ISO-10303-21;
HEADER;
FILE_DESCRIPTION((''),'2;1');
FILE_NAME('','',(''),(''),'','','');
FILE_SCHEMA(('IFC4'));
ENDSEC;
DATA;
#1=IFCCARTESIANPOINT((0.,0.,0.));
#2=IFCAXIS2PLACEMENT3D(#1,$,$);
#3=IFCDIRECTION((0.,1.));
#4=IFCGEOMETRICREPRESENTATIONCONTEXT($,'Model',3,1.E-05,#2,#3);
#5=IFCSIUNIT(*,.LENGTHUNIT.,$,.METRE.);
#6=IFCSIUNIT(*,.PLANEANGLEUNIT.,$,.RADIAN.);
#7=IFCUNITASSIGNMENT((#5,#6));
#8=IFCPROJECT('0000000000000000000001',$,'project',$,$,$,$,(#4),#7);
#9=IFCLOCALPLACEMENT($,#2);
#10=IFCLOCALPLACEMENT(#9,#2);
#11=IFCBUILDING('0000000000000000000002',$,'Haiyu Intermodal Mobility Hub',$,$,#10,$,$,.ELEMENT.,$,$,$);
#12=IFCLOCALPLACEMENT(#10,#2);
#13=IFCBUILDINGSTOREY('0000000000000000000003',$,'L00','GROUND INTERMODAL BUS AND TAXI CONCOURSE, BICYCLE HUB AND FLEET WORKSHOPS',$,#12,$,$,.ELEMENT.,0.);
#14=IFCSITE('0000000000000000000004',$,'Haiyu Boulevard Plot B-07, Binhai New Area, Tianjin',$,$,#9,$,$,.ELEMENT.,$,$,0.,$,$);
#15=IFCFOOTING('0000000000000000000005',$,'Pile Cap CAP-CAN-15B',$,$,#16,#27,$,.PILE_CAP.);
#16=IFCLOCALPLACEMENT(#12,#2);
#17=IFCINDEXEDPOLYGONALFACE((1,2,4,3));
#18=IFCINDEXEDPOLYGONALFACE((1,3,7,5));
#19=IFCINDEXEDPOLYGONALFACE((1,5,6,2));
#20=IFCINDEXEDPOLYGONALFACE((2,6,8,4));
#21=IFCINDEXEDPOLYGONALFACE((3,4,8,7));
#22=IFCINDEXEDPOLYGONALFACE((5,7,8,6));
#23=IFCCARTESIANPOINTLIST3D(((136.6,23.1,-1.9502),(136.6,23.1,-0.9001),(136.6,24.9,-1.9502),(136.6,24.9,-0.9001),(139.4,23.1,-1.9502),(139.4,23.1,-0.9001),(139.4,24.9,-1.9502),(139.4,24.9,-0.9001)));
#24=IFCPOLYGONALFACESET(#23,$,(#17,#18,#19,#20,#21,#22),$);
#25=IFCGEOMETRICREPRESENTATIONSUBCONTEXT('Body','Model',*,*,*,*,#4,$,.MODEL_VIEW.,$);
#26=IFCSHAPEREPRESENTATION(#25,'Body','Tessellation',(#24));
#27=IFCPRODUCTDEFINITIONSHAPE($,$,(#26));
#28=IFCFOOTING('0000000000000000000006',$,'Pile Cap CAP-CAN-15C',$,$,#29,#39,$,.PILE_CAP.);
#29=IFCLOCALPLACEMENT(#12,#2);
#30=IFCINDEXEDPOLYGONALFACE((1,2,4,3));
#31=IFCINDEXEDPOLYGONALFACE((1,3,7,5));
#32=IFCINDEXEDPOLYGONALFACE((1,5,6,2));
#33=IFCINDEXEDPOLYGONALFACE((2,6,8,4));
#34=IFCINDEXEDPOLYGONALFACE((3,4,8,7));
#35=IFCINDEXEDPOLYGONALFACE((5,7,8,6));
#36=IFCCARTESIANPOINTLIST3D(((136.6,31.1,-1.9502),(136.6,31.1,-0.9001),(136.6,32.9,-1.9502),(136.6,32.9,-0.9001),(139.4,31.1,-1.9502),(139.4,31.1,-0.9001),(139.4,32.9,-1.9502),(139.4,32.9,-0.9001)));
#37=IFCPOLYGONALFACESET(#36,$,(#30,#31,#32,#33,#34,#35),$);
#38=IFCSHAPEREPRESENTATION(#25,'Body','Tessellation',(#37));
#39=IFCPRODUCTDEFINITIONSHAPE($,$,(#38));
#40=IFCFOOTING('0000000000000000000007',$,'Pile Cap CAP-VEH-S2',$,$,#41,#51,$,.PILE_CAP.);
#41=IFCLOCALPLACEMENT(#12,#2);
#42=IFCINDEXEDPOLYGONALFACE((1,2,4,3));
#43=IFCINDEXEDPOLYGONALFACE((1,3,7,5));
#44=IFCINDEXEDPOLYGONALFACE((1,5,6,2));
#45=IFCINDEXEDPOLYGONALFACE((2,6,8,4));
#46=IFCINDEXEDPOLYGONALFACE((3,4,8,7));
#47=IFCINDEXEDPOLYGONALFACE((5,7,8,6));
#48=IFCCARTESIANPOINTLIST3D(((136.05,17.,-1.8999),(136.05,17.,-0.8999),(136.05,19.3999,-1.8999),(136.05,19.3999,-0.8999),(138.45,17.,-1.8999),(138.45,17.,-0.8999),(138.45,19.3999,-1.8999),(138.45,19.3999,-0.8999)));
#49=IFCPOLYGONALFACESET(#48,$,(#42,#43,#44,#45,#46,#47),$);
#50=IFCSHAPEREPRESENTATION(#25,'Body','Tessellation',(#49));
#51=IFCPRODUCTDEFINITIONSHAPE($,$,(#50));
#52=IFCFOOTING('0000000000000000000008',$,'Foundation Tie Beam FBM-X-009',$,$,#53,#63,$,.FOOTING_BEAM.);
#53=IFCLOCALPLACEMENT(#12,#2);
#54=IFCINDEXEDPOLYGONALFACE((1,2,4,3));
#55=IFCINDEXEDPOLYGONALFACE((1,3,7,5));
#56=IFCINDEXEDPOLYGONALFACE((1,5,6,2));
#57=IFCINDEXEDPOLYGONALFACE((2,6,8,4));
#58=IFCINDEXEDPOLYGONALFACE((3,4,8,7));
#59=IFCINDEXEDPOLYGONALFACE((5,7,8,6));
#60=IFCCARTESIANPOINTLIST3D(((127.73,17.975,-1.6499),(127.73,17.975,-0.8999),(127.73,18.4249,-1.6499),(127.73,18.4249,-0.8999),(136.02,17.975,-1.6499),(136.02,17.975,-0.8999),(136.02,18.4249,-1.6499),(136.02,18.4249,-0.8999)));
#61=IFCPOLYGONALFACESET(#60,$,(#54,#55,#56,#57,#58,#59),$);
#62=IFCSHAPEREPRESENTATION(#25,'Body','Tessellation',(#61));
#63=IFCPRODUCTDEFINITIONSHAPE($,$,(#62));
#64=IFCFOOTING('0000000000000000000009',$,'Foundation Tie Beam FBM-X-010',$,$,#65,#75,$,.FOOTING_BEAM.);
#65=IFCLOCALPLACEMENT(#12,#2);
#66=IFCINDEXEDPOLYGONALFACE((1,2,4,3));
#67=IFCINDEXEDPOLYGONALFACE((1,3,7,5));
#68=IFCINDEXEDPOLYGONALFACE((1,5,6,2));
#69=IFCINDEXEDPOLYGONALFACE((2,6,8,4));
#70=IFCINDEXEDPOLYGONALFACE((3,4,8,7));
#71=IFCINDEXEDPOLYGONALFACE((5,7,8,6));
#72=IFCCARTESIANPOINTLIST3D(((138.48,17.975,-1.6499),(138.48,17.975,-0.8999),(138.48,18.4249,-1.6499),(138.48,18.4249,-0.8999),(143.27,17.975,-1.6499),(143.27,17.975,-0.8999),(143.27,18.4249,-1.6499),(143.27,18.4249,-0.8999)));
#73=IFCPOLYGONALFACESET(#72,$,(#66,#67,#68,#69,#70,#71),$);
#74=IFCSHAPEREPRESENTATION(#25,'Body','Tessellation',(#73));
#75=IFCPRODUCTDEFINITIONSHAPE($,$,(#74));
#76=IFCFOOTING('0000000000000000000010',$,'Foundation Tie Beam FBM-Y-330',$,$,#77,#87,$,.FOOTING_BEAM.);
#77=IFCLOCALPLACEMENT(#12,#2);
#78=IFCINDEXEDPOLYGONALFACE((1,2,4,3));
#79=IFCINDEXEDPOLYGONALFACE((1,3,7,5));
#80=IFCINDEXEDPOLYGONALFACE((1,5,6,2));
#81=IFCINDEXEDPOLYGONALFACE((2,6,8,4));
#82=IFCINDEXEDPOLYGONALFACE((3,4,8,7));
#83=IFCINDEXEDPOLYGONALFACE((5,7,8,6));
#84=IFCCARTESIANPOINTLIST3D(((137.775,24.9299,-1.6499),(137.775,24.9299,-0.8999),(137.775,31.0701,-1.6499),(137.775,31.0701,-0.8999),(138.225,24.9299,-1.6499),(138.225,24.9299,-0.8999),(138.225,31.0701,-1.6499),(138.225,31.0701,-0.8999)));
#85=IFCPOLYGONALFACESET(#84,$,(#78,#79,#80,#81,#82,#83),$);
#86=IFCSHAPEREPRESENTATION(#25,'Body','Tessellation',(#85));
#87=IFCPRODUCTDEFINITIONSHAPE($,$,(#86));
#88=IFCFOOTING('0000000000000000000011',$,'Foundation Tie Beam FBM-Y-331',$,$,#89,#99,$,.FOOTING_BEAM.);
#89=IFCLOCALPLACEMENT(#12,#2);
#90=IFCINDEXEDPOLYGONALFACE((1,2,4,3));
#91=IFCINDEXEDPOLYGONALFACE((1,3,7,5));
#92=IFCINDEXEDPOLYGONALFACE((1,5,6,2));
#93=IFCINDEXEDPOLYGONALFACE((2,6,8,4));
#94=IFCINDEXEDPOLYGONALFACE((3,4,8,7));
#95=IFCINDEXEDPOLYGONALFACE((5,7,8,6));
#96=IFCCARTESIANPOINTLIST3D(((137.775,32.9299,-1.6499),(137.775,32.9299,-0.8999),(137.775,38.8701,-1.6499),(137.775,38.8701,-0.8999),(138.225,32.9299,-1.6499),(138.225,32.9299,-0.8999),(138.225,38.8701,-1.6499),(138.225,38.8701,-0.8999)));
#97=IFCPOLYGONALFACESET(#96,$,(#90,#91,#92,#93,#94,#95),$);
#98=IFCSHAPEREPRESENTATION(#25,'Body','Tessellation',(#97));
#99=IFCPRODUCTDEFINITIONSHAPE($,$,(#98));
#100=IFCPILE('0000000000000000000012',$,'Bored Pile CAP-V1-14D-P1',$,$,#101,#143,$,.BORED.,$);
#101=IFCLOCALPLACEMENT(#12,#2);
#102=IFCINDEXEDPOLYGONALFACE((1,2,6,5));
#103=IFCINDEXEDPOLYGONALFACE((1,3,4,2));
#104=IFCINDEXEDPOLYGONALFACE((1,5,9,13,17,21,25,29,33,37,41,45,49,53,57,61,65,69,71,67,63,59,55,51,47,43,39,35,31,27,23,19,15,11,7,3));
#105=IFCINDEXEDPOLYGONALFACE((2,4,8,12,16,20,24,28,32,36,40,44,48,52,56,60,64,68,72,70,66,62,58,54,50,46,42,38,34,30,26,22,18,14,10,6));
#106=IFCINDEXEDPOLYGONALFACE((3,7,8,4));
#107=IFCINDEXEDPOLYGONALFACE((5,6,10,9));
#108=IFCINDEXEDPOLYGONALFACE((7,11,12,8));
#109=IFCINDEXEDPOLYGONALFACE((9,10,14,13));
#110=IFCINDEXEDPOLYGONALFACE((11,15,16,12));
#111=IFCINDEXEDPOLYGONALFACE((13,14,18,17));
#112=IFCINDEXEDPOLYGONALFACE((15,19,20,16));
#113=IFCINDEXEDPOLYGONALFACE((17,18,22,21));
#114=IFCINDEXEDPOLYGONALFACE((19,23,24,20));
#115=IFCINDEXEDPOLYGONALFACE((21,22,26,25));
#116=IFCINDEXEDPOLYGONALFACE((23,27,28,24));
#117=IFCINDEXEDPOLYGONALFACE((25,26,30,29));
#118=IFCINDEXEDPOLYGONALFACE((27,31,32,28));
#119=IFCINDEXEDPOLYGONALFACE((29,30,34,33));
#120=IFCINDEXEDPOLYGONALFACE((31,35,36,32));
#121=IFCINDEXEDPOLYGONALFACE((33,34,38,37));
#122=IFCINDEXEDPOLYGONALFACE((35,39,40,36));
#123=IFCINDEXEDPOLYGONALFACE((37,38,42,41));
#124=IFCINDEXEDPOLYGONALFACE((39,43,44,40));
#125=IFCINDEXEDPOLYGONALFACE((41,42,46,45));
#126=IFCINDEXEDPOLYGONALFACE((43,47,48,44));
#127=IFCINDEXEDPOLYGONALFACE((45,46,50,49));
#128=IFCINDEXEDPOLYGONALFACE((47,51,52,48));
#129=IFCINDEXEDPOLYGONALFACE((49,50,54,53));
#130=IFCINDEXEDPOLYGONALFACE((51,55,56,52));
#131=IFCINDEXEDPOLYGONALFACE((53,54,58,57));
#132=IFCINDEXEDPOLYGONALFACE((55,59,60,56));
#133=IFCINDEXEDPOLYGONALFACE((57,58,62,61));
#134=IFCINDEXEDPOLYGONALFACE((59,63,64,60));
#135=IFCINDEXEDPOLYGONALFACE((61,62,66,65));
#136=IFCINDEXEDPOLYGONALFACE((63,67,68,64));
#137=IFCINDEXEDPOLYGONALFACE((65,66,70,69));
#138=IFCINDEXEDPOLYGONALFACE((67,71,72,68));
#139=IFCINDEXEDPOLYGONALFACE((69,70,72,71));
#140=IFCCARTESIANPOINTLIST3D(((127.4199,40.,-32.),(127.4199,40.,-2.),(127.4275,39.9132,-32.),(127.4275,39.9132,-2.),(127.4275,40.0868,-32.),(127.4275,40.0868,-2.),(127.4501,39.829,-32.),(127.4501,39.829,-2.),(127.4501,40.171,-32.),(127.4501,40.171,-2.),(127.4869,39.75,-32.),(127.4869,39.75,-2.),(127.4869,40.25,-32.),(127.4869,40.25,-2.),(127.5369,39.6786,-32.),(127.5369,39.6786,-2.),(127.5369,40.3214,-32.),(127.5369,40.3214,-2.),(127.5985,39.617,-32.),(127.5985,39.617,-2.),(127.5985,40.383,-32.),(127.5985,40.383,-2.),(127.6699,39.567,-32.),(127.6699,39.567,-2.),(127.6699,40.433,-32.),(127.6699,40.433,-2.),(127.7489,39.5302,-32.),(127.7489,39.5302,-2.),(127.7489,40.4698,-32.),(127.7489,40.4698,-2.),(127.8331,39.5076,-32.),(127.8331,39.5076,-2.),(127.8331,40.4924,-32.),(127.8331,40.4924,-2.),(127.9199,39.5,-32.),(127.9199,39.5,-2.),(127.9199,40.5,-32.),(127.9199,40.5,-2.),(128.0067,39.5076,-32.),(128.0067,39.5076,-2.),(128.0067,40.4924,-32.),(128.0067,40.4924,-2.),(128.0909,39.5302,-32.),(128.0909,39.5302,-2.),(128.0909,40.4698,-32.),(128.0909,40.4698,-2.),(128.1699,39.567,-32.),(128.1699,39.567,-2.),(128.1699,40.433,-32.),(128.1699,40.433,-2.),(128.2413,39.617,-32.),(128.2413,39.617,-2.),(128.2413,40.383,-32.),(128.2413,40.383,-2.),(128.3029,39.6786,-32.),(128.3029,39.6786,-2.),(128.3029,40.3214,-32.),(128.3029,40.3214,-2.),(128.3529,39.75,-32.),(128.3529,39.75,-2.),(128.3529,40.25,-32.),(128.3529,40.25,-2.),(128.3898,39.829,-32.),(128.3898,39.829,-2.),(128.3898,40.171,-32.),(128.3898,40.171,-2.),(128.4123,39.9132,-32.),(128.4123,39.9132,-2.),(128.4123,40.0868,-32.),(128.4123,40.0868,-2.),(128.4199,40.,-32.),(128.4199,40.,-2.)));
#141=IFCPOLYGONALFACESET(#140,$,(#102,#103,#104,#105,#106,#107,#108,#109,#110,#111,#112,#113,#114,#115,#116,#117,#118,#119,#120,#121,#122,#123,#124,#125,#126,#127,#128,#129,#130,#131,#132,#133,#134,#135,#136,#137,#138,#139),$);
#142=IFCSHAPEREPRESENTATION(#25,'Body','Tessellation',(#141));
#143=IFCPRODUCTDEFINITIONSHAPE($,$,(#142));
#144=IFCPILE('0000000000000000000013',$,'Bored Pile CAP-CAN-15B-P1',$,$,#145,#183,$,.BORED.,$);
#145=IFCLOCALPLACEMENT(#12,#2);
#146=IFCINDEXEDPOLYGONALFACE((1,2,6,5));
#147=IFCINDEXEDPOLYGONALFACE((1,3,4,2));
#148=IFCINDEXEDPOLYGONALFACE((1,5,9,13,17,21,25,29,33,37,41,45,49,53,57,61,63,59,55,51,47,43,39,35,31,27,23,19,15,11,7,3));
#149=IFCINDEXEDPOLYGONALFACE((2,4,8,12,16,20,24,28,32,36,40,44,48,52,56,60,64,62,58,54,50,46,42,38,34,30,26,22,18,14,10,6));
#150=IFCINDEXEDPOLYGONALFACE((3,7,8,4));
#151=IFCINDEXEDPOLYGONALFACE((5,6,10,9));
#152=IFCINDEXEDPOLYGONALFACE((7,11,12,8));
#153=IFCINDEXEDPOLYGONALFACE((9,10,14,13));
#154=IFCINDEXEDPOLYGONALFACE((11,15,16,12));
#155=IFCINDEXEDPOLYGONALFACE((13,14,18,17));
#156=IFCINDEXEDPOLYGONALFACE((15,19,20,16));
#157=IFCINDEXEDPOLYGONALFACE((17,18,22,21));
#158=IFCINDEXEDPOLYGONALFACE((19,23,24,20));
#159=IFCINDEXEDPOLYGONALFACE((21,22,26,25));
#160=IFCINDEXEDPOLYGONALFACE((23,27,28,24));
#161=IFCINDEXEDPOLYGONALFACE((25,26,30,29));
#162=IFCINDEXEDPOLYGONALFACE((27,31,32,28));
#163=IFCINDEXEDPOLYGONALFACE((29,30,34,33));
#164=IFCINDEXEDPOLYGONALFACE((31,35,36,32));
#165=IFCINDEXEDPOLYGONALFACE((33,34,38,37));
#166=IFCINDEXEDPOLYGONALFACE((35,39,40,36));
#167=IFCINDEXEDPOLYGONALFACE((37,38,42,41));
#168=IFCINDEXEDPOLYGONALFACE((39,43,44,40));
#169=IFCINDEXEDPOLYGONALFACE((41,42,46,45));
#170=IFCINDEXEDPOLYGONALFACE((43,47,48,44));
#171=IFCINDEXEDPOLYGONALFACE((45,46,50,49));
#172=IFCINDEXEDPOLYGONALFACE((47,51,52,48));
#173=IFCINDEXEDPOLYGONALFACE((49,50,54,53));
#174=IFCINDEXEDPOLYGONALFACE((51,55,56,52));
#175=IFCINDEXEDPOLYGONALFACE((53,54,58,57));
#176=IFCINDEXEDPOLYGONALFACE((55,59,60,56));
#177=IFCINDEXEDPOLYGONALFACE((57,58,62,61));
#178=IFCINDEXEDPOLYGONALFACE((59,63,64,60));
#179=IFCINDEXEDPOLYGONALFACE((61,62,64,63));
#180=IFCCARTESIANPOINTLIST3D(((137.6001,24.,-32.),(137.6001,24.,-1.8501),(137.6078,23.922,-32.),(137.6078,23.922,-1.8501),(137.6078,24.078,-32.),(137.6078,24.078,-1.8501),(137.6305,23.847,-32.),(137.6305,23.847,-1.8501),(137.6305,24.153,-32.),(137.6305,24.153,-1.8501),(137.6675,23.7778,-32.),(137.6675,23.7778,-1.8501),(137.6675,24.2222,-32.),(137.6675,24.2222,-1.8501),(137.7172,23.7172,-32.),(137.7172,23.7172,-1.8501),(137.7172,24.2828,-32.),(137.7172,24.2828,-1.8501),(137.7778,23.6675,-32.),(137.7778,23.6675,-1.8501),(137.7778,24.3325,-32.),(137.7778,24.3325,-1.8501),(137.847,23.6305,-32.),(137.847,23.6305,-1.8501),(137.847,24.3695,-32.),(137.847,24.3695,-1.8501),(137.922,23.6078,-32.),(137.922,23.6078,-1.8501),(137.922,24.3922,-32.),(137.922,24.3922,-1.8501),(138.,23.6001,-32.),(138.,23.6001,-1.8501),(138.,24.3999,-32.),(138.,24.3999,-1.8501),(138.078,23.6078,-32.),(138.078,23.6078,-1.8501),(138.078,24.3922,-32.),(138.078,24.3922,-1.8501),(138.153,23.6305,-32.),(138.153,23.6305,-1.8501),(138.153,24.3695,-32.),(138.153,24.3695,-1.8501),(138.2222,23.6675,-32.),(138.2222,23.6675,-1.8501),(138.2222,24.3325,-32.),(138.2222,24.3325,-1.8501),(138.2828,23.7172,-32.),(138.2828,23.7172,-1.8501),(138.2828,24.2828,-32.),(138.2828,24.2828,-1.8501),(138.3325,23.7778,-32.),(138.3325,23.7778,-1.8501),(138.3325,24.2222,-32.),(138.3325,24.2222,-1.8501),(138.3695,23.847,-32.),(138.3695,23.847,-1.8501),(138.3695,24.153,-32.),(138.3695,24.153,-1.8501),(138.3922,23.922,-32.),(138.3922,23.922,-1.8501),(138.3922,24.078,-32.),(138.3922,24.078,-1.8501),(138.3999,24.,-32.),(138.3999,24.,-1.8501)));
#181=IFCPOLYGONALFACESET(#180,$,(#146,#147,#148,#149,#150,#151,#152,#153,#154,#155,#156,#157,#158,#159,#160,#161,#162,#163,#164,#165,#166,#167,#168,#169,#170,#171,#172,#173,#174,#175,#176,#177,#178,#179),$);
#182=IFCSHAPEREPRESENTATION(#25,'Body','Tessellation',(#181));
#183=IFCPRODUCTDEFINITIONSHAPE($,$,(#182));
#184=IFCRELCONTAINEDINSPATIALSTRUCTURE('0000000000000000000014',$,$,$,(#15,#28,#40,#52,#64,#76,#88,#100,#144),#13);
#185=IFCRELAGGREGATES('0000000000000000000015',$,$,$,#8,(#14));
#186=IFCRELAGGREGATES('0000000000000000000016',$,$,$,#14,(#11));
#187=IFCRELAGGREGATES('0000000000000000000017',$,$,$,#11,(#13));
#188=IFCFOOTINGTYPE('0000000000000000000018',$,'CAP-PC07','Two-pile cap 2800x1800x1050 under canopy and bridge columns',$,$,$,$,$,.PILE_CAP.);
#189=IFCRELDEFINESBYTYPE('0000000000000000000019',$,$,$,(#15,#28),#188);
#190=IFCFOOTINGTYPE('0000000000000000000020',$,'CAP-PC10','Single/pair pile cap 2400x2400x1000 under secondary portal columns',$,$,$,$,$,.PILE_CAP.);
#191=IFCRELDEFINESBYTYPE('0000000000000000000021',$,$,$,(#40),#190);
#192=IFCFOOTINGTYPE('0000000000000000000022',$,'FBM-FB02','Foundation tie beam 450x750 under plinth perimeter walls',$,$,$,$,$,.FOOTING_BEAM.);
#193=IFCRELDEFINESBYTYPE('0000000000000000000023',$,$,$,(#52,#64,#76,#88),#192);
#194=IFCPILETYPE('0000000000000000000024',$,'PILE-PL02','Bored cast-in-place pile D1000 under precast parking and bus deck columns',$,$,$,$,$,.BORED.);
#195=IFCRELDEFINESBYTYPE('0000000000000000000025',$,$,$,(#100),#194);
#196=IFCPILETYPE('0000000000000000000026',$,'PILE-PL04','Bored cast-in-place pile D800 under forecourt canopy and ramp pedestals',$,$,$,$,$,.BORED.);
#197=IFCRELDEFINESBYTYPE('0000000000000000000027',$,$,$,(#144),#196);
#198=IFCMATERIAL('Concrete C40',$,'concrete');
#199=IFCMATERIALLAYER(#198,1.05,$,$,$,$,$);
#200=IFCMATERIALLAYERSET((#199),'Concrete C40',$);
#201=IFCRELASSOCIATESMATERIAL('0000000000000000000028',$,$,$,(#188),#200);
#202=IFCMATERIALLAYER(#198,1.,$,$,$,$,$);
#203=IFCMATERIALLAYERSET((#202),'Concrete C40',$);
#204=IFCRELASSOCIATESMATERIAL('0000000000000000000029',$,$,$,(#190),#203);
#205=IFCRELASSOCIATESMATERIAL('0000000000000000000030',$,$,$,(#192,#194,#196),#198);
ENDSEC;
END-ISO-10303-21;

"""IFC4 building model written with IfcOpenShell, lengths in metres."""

from ifc_helpers import new_model, si_unit, direction, frame, origin, origin_2d, place, context, subcontext, project, spatial, rectangle, circle, extrude, material, layer, layer_set, material_profile, profile_set, type_object, element, save


model = new_model("IFC4")

# Units and contexts
model_context = context("Model", 3, precision=1e-05, world=origin(), true_north=direction((0.0, 1.0)))
body_context = subcontext(model_context, "Body", "Model", "MODEL_VIEW")
ifc_project = project(units=[si_unit("LENGTHUNIT", "METRE"), si_unit("PLANEANGLEUNIT", "RADIAN")], contexts=[model_context])

# Site, building, storey
site_placement = place(None, origin())
site = spatial("IfcSite", under=ifc_project, at=site_placement, Name="Haiyu Boulevard Plot B-07, Binhai New Area, Tianjin", CompositionType="ELEMENT", RefElevation=0.0)
building_placement = place(site_placement, origin())
building = spatial("IfcBuilding", under=site, at=building_placement, Name="Haiyu Intermodal Mobility Hub", CompositionType="ELEMENT")
storey_placement = place(building_placement, origin())
storey = spatial("IfcBuildingStorey", under=building, at=storey_placement, Name="L00", Description="GROUND INTERMODAL BUS AND TAXI CONCOURSE, BICYCLE HUB AND FLEET WORKSHOPS", CompositionType="ELEMENT", Elevation=0.0)

# Footings
ifc_material_1 = material(Name="Concrete C40", Category="concrete")
ifc_layer_1 = layer(ifc_material_1, 1.05)
ifc_layer_set_1 = layer_set([ifc_layer_1], Name="Concrete C40")
footing_type_1 = type_object("IfcFootingType", Name="CAP-PC07", Description="Two-pile cap 2800x1800x1050 under canopy and bridge columns", PredefinedType="PILE_CAP", material=ifc_layer_set_1)
for number, where, z_axis, x_axis, name in (
    (1, (138.0, 24.0, -1.9502), (0.0, 0.0, 1.0), (1.0, 0.0, 0.0), "Pile Cap CAP-CAN-15B"),
    (2, (138.0, 32.0, -1.9502), (0.0, 0.0, 1.0), (1.0, 0.0, 0.0), "Pile Cap CAP-CAN-15C"),
):
    element("IfcFooting", number, at=place(storey_placement, frame(where, z_axis=z_axis, x_axis=x_axis)), inside=storey, type_object=footing_type_1, Name=name, PredefinedType="PILE_CAP", context=body_context, shape_type="SweptSolid", body=[
        extrude(rectangle(XDim=2.8, YDim=1.8, at=origin_2d()), origin(), (0.0, 0.0, 1.0), 1.05),
    ])
ifc_layer_2 = layer(ifc_material_1, 1.0)
ifc_layer_set_2 = layer_set([ifc_layer_2], Name="Concrete C40")
footing_type_2 = type_object("IfcFootingType", Name="CAP-PC10", Description="Single/pair pile cap 2400x2400x1000 under secondary portal columns", PredefinedType="PILE_CAP", material=ifc_layer_set_2)
footing_1_placement = place(storey_placement, frame((137.25, 18.2, -1.8999), z_axis=(0.0, 0.0, 1.0), x_axis=(1.0, 0.0, 0.0)))
element("IfcFooting", 3, at=footing_1_placement, inside=storey, type_object=footing_type_2, Name="Pile Cap CAP-VEH-S2", PredefinedType="PILE_CAP", context=body_context, shape_type="SweptSolid", body=[
    extrude(rectangle(XDim=2.3999, YDim=2.3999, at=origin_2d()), origin(), (0.0, 0.0, 1.0), 1.0),
])
ifc_material_profile_1 = material_profile(ifc_material_1, rectangle(XDim=0.45, YDim=0.75, at=origin_2d()), Name="FB450x750")
ifc_profile_set_1 = profile_set([ifc_material_profile_1], Name="Concrete C40")
footing_type_3 = type_object("IfcFootingType", Name="FBM-FB02", Description="Foundation tie beam 450x750 under plinth perimeter walls", PredefinedType="FOOTING_BEAM", material=ifc_profile_set_1)
footing_2_placement = place(storey_placement, frame((127.73, 18.2, -1.2749), z_axis=(1.0, 0.0, 0.0), x_axis=(0.0, 1.0, 0.0)))
element("IfcFooting", 4, at=footing_2_placement, inside=storey, type_object=footing_type_3, Name="Foundation Tie Beam FBM-X-009", PredefinedType="FOOTING_BEAM", context=body_context, shape_type="SweptSolid", body=[
    extrude(rectangle(XDim=0.45, YDim=0.75, at=origin_2d()), origin(), (0.0, 0.0, 1.0), 8.29),
])
footing_3_placement = place(storey_placement, frame((138.48, 18.2, -1.2749), z_axis=(1.0, 0.0, 0.0), x_axis=(0.0, 1.0, 0.0)))
element("IfcFooting", 5, at=footing_3_placement, inside=storey, type_object=footing_type_3, Name="Foundation Tie Beam FBM-X-010", PredefinedType="FOOTING_BEAM", context=body_context, shape_type="SweptSolid", body=[
    extrude(rectangle(XDim=0.45, YDim=0.75, at=origin_2d()), origin(), (0.0, 0.0, 1.0), 4.79),
])
footing_4_placement = place(storey_placement, frame((138.0, 24.9299, -1.2749), z_axis=(0.0, 1.0, 0.0), x_axis=(-1.0, 0.0, 0.0)))
element("IfcFooting", 6, at=footing_4_placement, inside=storey, type_object=footing_type_3, Name="Foundation Tie Beam FBM-Y-330", PredefinedType="FOOTING_BEAM", context=body_context, shape_type="SweptSolid", body=[
    extrude(rectangle(XDim=0.45, YDim=0.75, at=origin_2d()), origin(), (0.0, 0.0, 1.0), 6.1401),
])
footing_5_placement = place(storey_placement, frame((138.0, 32.9299, -1.2749), z_axis=(0.0, 1.0, 0.0), x_axis=(-1.0, 0.0, 0.0)))
element("IfcFooting", 7, at=footing_5_placement, inside=storey, type_object=footing_type_3, Name="Foundation Tie Beam FBM-Y-331", PredefinedType="FOOTING_BEAM", context=body_context, shape_type="SweptSolid", body=[
    extrude(rectangle(XDim=0.45, YDim=0.75, at=origin_2d()), origin(), (0.0, 0.0, 1.0), 5.9402),
])

# Piles
ifc_material_profile_2 = material_profile(ifc_material_1, circle(Radius=0.5, at=origin_2d()), Name="PILE-D1000")
ifc_profile_set_2 = profile_set([ifc_material_profile_2], Name="Concrete C40")
pile_type_1 = type_object("IfcPileType", Name="PILE-PL02", Description="Bored cast-in-place pile D1000 under precast parking and bus deck columns", PredefinedType="BORED", material=ifc_profile_set_2)
pile_1_placement = place(storey_placement, frame((127.9199, 40.0, -2.0), z_axis=(0.0, 0.0, -1.0), x_axis=(1.0, 0.0, 0.0)))
element("IfcPile", 8, at=pile_1_placement, inside=storey, type_object=pile_type_1, Name="Bored Pile CAP-V1-14D-P1", PredefinedType="BORED", context=body_context, shape_type="SweptSolid", body=[
    extrude(circle(Radius=0.5, at=origin_2d()), origin(), (0.0, 0.0, 1.0), 30.0),
])
ifc_material_profile_3 = material_profile(ifc_material_1, circle(Radius=0.3999, at=origin_2d()), Name="PILE-D800")
ifc_profile_set_3 = profile_set([ifc_material_profile_3], Name="Concrete C40")
pile_type_2 = type_object("IfcPileType", Name="PILE-PL04", Description="Bored cast-in-place pile D800 under forecourt canopy and ramp pedestals", PredefinedType="BORED", material=ifc_profile_set_3)
for number, where, z_axis, x_axis, name in (
    (9, (138.0, 24.0, -1.8501), (0.0, 0.0, -1.0), (1.0, 0.0, 0.0), "Bored Pile CAP-CAN-15B-P1"),
):
    element("IfcPile", number, at=place(storey_placement, frame(where, z_axis=z_axis, x_axis=x_axis)), inside=storey, type_object=pile_type_2, Name=name, PredefinedType="BORED", context=body_context, shape_type="SweptSolid", body=[
        extrude(circle(Radius=0.3999, at=origin_2d()), origin(), (0.0, 0.0, 1.0), 30.1499),
    ])

save(model, "model.ifc")
